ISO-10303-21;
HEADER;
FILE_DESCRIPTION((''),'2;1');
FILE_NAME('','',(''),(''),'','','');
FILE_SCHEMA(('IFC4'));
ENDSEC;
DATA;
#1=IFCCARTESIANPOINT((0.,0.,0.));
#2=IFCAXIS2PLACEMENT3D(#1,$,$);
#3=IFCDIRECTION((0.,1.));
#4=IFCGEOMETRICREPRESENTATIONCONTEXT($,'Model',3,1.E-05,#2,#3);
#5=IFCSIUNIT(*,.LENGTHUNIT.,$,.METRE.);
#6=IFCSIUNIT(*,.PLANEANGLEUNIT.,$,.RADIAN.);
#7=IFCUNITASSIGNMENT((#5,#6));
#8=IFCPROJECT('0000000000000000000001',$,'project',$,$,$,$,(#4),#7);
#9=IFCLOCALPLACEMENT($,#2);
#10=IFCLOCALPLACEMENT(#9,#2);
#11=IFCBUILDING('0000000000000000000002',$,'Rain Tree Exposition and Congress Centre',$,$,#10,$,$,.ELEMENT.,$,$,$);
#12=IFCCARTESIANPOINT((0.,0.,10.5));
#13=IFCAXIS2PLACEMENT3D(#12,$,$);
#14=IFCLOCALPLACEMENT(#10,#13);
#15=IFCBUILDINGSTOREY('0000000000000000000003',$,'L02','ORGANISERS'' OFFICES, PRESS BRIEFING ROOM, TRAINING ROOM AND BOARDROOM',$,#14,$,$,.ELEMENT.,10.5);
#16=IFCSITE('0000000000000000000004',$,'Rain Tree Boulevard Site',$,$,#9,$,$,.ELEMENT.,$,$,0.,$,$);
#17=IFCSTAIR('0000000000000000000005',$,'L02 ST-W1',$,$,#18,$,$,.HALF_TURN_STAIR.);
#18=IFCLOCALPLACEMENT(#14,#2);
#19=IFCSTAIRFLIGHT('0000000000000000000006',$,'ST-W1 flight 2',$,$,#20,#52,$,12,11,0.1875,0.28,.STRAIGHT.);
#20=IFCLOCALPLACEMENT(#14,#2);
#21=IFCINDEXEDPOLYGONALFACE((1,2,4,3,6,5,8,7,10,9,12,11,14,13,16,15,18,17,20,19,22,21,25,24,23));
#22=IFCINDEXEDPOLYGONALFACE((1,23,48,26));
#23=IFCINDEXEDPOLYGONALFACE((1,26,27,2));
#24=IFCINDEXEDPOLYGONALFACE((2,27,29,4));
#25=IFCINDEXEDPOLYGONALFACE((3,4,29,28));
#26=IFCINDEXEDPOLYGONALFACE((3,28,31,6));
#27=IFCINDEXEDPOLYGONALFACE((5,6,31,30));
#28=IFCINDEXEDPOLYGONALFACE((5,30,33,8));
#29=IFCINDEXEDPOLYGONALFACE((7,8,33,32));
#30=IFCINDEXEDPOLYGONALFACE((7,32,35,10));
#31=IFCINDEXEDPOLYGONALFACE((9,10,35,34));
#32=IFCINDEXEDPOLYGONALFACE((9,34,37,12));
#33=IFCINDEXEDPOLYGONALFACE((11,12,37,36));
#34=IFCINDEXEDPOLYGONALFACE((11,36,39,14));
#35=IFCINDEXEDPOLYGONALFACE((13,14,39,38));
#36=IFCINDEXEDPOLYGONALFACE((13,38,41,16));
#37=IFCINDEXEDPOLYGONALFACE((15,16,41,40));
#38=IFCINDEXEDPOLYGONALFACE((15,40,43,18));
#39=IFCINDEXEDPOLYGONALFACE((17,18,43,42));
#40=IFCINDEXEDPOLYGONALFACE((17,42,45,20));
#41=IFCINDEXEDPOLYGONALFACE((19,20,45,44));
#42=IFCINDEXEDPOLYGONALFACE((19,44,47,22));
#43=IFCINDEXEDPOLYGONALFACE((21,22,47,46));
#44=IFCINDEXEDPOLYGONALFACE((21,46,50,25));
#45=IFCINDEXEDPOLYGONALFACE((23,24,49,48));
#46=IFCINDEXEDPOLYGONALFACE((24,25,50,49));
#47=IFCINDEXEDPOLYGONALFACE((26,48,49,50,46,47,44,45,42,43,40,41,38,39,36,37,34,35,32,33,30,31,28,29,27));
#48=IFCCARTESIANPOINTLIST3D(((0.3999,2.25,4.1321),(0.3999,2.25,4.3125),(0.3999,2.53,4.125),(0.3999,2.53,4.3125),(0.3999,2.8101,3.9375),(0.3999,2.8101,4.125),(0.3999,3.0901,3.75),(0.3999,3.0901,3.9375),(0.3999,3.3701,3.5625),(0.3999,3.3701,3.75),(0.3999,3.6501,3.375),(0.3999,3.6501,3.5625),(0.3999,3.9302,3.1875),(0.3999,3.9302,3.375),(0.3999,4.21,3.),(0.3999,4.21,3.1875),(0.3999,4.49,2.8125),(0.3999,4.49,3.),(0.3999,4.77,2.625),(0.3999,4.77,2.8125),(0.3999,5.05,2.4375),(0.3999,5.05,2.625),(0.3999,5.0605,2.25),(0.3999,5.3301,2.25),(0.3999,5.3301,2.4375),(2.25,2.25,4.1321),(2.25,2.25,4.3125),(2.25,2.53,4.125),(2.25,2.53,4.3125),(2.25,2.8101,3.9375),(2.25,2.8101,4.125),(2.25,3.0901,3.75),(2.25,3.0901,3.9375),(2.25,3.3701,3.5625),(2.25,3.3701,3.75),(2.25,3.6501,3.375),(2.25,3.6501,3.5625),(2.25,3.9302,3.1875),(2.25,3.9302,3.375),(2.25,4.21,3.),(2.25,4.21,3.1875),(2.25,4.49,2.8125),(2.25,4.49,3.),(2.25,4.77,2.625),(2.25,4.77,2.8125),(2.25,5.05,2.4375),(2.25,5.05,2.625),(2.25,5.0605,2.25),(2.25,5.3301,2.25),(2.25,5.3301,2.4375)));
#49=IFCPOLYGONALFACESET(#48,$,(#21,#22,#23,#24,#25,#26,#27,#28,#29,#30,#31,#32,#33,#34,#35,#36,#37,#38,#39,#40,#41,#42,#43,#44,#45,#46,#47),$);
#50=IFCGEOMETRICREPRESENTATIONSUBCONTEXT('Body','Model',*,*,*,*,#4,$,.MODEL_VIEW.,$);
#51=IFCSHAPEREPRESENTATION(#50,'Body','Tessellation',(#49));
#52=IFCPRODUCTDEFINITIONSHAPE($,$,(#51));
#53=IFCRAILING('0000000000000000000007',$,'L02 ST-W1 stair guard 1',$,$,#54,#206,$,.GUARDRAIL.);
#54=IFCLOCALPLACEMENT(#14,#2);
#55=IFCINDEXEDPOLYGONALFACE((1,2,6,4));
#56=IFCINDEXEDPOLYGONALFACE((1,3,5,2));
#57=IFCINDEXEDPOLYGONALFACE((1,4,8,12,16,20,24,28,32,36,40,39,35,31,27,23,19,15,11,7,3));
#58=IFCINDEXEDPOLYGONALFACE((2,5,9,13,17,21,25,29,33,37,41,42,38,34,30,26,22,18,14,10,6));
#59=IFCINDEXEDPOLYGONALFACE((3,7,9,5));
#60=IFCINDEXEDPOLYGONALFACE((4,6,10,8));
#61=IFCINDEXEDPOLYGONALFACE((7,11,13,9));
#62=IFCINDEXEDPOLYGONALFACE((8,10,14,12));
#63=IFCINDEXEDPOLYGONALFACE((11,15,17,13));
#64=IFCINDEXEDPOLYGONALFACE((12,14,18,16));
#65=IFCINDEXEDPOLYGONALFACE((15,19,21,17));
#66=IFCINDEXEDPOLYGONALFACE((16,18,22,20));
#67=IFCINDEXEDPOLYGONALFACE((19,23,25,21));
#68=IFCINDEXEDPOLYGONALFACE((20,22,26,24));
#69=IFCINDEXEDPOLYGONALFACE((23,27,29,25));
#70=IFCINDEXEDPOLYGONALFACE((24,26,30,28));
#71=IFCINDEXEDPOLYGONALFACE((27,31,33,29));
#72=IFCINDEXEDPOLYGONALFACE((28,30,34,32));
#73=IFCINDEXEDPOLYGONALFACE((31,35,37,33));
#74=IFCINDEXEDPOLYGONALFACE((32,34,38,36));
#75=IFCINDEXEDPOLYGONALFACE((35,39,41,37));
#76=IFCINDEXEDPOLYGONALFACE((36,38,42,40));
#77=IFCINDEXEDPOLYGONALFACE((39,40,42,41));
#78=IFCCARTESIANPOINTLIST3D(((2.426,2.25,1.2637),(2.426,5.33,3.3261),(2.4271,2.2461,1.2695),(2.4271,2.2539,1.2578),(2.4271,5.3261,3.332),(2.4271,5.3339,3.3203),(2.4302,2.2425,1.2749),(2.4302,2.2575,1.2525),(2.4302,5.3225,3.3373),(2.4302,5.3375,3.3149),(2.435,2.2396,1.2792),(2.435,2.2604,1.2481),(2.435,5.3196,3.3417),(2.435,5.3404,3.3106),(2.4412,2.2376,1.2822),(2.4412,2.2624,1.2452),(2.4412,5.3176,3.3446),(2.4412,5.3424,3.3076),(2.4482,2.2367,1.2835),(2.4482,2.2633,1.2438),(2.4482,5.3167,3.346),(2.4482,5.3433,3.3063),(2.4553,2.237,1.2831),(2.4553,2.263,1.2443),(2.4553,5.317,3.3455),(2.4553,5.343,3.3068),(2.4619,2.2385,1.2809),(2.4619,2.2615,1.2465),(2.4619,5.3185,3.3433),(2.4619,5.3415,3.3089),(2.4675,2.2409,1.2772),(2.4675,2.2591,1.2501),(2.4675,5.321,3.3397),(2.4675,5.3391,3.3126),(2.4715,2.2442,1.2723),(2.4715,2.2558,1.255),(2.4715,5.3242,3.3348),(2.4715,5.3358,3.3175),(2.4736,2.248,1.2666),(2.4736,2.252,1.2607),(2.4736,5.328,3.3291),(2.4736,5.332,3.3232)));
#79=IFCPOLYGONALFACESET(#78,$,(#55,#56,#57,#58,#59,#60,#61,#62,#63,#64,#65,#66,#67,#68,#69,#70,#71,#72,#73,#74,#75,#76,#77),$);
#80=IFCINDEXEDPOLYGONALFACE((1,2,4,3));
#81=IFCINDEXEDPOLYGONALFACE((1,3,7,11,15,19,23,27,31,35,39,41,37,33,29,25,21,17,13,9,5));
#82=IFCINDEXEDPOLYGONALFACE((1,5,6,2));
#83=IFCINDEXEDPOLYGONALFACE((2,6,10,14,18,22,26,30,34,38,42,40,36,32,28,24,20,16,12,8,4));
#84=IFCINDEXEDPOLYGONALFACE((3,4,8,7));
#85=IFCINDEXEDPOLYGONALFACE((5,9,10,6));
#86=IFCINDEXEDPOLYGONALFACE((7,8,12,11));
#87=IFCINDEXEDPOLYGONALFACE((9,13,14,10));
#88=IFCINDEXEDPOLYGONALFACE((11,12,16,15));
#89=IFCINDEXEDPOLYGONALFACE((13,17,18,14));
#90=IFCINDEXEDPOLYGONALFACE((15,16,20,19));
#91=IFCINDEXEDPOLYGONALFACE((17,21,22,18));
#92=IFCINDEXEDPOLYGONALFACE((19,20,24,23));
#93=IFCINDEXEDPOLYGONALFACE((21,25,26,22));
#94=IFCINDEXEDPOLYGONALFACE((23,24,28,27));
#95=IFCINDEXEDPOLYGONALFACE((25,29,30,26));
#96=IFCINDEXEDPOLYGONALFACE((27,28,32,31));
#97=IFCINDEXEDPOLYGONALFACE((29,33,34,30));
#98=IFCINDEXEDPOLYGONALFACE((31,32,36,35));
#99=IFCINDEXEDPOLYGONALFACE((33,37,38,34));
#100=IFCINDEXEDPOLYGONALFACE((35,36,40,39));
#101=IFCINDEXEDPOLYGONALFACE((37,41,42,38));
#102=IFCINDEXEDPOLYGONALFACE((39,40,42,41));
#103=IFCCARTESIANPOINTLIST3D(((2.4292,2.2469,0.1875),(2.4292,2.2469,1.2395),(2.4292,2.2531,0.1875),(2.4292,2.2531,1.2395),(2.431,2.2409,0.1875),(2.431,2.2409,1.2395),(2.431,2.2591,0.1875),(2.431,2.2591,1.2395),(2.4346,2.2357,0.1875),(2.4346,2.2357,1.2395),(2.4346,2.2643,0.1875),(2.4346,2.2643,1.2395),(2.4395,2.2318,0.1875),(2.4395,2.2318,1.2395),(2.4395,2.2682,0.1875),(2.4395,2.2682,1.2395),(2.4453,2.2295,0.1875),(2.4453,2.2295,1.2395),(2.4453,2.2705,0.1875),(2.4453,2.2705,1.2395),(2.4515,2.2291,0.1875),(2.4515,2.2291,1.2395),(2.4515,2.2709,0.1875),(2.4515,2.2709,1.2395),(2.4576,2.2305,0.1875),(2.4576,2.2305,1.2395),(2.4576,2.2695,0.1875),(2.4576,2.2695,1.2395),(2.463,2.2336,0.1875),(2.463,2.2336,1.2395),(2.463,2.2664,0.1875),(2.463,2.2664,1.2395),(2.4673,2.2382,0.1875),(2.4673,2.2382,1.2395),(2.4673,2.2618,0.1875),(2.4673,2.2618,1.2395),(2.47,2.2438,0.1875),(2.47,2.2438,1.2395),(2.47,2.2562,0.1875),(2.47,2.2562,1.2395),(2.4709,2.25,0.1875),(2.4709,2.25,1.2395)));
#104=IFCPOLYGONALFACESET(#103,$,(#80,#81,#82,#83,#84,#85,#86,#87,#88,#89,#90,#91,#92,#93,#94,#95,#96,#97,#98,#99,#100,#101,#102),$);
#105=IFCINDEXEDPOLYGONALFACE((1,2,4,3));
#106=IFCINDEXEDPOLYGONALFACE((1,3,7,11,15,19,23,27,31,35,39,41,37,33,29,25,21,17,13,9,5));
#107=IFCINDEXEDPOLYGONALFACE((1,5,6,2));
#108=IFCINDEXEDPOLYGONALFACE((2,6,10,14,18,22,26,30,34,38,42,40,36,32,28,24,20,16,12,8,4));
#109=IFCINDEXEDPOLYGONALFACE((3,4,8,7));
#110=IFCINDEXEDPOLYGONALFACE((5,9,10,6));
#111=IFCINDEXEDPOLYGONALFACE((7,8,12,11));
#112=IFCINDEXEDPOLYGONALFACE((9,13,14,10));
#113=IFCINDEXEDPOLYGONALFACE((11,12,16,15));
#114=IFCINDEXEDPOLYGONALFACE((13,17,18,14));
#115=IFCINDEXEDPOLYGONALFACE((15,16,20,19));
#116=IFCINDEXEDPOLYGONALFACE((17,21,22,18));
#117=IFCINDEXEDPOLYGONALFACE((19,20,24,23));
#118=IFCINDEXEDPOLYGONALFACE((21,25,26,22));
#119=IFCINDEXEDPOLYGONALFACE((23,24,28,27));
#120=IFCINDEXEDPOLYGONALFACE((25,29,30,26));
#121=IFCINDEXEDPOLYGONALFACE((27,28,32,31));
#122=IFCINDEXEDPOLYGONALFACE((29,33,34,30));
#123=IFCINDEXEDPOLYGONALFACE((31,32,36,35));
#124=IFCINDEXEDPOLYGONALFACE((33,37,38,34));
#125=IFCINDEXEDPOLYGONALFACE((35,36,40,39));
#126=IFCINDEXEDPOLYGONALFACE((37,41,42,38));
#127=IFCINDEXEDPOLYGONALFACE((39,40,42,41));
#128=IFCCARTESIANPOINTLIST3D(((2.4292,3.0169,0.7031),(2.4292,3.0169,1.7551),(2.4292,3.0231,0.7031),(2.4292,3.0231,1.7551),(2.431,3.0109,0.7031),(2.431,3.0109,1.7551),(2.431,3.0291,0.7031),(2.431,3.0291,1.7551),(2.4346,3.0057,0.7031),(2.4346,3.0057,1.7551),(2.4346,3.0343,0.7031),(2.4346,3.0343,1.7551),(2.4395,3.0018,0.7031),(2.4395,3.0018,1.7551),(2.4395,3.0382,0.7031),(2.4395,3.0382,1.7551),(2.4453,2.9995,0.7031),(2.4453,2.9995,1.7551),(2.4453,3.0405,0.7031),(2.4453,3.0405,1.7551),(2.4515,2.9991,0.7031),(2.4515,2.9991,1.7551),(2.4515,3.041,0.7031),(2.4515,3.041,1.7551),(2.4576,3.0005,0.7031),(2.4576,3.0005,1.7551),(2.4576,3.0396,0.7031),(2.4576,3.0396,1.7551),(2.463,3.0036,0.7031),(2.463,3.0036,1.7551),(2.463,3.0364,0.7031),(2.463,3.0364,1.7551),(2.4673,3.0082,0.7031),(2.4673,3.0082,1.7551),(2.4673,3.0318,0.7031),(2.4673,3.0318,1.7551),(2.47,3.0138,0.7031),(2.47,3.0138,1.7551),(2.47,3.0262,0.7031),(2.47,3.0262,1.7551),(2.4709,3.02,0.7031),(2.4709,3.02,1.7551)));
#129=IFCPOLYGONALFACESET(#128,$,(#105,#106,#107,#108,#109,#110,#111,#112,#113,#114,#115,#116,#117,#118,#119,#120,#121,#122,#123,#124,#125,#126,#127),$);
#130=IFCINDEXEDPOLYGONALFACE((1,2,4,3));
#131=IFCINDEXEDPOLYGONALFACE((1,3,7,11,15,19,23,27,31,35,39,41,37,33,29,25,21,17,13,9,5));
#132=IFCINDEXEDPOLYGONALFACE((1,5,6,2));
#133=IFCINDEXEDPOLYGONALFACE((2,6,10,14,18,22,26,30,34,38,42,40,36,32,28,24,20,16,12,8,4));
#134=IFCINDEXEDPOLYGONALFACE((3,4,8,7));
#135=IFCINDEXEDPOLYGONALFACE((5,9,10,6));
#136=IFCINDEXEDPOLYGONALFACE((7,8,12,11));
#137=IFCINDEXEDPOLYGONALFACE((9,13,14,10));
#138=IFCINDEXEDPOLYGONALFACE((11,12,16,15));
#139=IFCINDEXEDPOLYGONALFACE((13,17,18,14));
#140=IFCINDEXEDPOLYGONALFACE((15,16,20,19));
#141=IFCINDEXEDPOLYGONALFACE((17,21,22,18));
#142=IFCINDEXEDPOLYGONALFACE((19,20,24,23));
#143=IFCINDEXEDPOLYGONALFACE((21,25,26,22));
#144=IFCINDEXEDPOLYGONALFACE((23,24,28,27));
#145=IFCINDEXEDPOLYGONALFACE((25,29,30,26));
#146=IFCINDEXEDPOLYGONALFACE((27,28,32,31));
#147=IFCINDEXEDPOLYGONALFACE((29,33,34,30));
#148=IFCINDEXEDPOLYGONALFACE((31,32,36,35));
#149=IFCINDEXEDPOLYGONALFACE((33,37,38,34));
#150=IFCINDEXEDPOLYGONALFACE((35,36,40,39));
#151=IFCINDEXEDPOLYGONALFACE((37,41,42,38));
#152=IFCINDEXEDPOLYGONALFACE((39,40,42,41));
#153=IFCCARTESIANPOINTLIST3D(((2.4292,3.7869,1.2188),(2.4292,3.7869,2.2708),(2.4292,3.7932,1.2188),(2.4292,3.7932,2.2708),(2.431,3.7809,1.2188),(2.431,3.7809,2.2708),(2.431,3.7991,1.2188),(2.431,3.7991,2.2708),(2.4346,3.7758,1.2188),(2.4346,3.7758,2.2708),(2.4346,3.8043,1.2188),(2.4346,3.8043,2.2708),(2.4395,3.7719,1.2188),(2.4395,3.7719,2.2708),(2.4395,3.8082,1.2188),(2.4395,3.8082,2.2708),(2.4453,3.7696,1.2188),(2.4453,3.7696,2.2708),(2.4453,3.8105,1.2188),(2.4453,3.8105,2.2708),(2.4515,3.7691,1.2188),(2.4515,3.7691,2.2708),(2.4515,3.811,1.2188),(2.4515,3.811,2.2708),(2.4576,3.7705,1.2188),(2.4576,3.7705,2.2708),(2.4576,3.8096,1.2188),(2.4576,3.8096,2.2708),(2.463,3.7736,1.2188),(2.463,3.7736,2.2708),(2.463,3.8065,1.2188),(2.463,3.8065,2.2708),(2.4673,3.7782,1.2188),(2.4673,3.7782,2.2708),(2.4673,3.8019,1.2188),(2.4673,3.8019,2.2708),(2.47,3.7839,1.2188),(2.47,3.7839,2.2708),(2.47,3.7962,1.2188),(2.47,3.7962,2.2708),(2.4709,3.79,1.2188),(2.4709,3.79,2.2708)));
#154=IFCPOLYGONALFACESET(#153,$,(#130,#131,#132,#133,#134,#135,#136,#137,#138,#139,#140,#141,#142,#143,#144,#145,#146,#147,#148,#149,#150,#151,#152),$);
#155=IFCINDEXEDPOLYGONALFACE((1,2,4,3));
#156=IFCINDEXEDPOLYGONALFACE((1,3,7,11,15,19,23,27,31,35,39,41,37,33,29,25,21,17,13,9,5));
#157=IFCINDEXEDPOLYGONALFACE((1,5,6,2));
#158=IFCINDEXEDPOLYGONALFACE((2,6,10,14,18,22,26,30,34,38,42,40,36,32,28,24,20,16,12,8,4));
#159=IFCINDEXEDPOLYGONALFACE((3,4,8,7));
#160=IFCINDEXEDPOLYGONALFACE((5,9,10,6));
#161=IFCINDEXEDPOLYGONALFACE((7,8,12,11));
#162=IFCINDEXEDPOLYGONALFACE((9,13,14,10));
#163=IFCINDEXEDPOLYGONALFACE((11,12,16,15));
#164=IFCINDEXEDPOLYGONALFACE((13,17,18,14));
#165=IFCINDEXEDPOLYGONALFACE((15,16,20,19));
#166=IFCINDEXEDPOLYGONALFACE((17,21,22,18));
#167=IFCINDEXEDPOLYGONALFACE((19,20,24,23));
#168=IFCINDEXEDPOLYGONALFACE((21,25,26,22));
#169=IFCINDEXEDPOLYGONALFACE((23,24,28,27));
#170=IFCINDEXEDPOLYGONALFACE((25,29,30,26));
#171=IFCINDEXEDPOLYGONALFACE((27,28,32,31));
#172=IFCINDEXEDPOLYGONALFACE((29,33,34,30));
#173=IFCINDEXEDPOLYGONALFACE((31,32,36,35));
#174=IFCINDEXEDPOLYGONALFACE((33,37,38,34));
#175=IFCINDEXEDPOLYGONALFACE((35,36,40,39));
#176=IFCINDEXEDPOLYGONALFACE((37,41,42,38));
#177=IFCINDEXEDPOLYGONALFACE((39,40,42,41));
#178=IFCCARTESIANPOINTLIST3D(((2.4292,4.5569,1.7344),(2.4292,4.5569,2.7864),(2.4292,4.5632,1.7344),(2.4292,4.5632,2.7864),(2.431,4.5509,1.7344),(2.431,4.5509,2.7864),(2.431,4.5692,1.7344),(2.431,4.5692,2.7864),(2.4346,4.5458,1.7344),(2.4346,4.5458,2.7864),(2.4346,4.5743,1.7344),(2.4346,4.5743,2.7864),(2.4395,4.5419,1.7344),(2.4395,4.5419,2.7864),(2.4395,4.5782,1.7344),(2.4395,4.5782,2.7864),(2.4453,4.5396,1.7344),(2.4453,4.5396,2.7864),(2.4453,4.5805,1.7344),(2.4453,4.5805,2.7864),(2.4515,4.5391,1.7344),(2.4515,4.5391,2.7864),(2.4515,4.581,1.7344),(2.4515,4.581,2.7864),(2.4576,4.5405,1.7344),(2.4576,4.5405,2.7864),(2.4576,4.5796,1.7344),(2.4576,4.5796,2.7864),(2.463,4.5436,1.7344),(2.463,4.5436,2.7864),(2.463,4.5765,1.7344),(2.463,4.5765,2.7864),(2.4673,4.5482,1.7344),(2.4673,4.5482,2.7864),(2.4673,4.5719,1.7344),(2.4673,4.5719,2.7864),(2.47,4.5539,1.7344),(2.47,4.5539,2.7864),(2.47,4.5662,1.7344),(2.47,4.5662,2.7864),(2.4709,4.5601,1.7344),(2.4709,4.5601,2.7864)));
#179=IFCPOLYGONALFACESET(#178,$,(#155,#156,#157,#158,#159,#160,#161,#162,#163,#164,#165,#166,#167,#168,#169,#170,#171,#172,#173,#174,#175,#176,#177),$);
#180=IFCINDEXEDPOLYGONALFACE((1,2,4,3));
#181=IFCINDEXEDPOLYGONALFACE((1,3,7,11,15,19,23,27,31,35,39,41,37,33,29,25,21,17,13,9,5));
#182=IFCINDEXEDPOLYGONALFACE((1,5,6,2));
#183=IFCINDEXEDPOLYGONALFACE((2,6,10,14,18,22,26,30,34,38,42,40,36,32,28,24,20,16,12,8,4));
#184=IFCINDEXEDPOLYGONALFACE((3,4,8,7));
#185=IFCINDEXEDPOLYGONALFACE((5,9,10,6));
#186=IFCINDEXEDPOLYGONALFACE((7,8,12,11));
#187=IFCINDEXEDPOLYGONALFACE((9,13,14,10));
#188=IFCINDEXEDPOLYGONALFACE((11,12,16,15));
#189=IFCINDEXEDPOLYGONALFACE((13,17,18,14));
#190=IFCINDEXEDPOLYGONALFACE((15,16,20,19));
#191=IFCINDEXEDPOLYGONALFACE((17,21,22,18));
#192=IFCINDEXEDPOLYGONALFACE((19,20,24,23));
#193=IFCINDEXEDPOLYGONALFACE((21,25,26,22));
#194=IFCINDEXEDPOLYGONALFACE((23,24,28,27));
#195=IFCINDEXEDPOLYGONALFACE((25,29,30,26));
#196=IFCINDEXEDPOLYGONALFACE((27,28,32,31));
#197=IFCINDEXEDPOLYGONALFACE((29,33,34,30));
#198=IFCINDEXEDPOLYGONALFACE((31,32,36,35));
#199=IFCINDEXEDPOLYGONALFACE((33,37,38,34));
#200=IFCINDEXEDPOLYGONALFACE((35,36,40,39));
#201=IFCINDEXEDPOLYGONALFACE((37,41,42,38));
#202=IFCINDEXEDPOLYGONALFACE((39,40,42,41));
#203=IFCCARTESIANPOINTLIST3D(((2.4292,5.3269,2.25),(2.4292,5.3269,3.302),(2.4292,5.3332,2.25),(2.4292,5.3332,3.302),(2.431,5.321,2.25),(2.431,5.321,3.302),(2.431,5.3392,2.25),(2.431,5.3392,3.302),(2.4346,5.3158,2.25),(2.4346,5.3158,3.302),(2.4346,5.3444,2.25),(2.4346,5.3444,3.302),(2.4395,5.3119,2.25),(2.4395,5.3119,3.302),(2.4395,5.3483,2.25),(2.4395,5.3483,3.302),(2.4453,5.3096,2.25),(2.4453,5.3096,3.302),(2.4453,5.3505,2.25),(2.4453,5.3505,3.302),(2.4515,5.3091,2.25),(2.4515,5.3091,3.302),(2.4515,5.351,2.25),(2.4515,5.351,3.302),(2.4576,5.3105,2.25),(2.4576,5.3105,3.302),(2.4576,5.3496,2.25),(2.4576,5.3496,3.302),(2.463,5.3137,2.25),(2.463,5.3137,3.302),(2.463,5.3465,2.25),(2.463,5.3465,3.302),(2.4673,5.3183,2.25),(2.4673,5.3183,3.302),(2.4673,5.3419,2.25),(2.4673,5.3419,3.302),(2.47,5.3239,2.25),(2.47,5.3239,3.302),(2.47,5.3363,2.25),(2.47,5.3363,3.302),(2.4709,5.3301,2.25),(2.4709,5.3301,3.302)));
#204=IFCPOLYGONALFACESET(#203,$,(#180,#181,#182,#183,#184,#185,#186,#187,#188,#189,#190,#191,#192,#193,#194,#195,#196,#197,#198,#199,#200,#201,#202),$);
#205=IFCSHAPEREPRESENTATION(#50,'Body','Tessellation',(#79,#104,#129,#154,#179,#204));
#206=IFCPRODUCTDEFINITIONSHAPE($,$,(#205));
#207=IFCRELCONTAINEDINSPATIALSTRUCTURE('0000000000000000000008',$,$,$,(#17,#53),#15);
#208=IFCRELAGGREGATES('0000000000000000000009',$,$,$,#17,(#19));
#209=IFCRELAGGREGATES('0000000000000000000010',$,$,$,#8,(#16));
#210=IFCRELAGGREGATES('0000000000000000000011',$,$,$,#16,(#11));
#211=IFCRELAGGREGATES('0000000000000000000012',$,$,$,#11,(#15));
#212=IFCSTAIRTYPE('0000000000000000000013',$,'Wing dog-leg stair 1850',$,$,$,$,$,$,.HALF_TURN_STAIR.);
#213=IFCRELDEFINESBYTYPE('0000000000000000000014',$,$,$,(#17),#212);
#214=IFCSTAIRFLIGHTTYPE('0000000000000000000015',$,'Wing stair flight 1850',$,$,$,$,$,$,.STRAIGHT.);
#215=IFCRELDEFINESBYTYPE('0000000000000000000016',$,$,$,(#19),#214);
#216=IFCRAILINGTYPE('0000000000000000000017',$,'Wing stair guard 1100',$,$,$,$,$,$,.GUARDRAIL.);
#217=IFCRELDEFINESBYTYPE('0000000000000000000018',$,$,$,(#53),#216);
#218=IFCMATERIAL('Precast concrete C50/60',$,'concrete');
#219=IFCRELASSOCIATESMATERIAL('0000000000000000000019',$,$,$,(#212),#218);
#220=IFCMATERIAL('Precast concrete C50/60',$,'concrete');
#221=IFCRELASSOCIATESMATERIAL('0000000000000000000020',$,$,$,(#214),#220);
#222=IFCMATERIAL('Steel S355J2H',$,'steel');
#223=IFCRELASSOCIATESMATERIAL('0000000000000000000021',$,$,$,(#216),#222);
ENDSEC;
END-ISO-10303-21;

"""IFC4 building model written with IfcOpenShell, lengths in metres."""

from ifc_helpers import new_model, si_unit, direction, frame, origin, origin_2d, place, context, subcontext, project, spatial, polyline, circle, outline, extrude, material, type_object, element, aggregate, save


model = new_model("IFC4")

# Units and contexts
model_context = context("Model", 3, precision=1e-05, world=origin(), true_north=direction((0.0, 1.0)))
body_context = subcontext(model_context, "Body", "Model", "MODEL_VIEW")
ifc_project = project(units=[si_unit("LENGTHUNIT", "METRE"), si_unit("PLANEANGLEUNIT", "RADIAN")], contexts=[model_context])

# Site, building, storey
site_placement = place(None, origin())
site = spatial("IfcSite", under=ifc_project, at=site_placement, Name="Rain Tree Boulevard Site", CompositionType="ELEMENT", RefElevation=0.0)
building_placement = place(site_placement, origin())
building = spatial("IfcBuilding", under=site, at=building_placement, Name="Rain Tree Exposition and Congress Centre", CompositionType="ELEMENT")
storey_placement = place(building_placement, frame((0.0, 0.0, 10.5)))
storey = spatial("IfcBuildingStorey", under=building, at=storey_placement, Name="L02", Description="ORGANISERS' OFFICES, PRESS BRIEFING ROOM, TRAINING ROOM AND BOARDROOM", CompositionType="ELEMENT", Elevation=10.5)

# Stair, stair flight
ifc_material_1 = material(Name="Precast concrete C50/60", Category="concrete")
stair_type = type_object("IfcStairType", Name="Wing dog-leg stair 1850", PredefinedType="HALF_TURN_STAIR", material=ifc_material_1)
stair_placement = place(storey_placement, origin())
stair = element("IfcStair", 1, at=stair_placement, inside=storey, type_object=stair_type, Name="L02 ST-W1", PredefinedType="HALF_TURN_STAIR")
ifc_material_2 = material(Name="Precast concrete C50/60", Category="concrete")
stair_flight_type = type_object("IfcStairFlightType", Name="Wing stair flight 1850", PredefinedType="STRAIGHT", material=ifc_material_2)
stair_flight_1_placement = place(storey_placement, frame((1.325, 5.3301, 2.25), z_axis=(0.0, 0.0, 1.0), x_axis=(0.0, -1.0, 0.0)))
stair_flight_1 = element("IfcStairFlight", 2, at=stair_flight_1_placement, type_object=stair_flight_type, Name="ST-W1 flight 2", NumberOfRisers=12, NumberOfTreads=11, PredefinedType="STRAIGHT", RiserHeight=0.1875, TreadLength=0.28, context=body_context, shape_type="SweptSolid", body=[
    extrude(outline(polyline([(0.0, 0.0), (0.0, 0.1875), (0.28, 0.1875), (0.28, 0.375), (0.5601, 0.375), (0.5601, 0.5625), (0.8401, 0.5625), (0.8401, 0.75), (1.1201, 0.75), (1.1201, 0.9375), (1.3999, 0.9375), (1.3999, 1.125), (1.6799, 1.125), (1.6799, 1.3125), (1.96, 1.3125), (1.96, 1.5), (2.24, 1.5), (2.24, 1.6875), (2.52, 1.6875), (2.52, 1.875), (2.8, 1.875), (2.8, 2.0625), (3.0801, 2.0625), (3.0801, 2.25), (3.0801, 1.8821), (0.2695, 0.0), (0.0, 0.0)])), frame((0.0, 0.925, 0.0), z_axis=(0.0, -1.0, 0.0), x_axis=(1.0, 0.0, 0.0)), (0.0, 0.0, 1.0), 1.8501),
])
aggregate(stair, [stair_flight_1])

# Railing
ifc_material_3 = material(Name="Steel S355J2H", Category="steel")
railing_type_1 = type_object("IfcRailingType", Name="Wing stair guard 1100", PredefinedType="GUARDRAIL", material=ifc_material_3)
railing_1_placement = place(storey_placement, frame((2.45, 2.25, 0.1875)))
element("IfcRailing", 3, at=railing_1_placement, inside=storey, type_object=railing_type_1, Name="L02 ST-W1 stair guard 1", PredefinedType="GUARDRAIL", context=body_context, shape_type="SweptSolid", body=[
    extrude(circle(Radius=0.0239, at=origin_2d()), frame((0.0, 0.0, 1.0762), z_axis=(0.0, 0.830914, 0.556401), x_axis=(-1.0, 0.0, 0.0)), (0.0, 0.0, 1.0), 3.7068),
    extrude(circle(Radius=0.021, at=origin_2d()), origin(), (0.0, 0.0, 1.0), 1.052),
    extrude(circle(Radius=0.021, at=origin_2d()), frame((0.0, 0.77, 0.5156)), (0.0, 0.0, 1.0), 1.052),
    extrude(circle(Radius=0.021, at=origin_2d()), frame((0.0, 1.54, 1.0312)), (0.0, 0.0, 1.0), 1.052),
    extrude(circle(Radius=0.021, at=origin_2d()), frame((0.0, 2.3101, 1.5469)), (0.0, 0.0, 1.0), 1.052),
    extrude(circle(Radius=0.021, at=origin_2d()), frame((0.0, 3.0801, 2.0625)), (0.0, 0.0, 1.0), 1.052),
])

save(model, "model.ifc")
